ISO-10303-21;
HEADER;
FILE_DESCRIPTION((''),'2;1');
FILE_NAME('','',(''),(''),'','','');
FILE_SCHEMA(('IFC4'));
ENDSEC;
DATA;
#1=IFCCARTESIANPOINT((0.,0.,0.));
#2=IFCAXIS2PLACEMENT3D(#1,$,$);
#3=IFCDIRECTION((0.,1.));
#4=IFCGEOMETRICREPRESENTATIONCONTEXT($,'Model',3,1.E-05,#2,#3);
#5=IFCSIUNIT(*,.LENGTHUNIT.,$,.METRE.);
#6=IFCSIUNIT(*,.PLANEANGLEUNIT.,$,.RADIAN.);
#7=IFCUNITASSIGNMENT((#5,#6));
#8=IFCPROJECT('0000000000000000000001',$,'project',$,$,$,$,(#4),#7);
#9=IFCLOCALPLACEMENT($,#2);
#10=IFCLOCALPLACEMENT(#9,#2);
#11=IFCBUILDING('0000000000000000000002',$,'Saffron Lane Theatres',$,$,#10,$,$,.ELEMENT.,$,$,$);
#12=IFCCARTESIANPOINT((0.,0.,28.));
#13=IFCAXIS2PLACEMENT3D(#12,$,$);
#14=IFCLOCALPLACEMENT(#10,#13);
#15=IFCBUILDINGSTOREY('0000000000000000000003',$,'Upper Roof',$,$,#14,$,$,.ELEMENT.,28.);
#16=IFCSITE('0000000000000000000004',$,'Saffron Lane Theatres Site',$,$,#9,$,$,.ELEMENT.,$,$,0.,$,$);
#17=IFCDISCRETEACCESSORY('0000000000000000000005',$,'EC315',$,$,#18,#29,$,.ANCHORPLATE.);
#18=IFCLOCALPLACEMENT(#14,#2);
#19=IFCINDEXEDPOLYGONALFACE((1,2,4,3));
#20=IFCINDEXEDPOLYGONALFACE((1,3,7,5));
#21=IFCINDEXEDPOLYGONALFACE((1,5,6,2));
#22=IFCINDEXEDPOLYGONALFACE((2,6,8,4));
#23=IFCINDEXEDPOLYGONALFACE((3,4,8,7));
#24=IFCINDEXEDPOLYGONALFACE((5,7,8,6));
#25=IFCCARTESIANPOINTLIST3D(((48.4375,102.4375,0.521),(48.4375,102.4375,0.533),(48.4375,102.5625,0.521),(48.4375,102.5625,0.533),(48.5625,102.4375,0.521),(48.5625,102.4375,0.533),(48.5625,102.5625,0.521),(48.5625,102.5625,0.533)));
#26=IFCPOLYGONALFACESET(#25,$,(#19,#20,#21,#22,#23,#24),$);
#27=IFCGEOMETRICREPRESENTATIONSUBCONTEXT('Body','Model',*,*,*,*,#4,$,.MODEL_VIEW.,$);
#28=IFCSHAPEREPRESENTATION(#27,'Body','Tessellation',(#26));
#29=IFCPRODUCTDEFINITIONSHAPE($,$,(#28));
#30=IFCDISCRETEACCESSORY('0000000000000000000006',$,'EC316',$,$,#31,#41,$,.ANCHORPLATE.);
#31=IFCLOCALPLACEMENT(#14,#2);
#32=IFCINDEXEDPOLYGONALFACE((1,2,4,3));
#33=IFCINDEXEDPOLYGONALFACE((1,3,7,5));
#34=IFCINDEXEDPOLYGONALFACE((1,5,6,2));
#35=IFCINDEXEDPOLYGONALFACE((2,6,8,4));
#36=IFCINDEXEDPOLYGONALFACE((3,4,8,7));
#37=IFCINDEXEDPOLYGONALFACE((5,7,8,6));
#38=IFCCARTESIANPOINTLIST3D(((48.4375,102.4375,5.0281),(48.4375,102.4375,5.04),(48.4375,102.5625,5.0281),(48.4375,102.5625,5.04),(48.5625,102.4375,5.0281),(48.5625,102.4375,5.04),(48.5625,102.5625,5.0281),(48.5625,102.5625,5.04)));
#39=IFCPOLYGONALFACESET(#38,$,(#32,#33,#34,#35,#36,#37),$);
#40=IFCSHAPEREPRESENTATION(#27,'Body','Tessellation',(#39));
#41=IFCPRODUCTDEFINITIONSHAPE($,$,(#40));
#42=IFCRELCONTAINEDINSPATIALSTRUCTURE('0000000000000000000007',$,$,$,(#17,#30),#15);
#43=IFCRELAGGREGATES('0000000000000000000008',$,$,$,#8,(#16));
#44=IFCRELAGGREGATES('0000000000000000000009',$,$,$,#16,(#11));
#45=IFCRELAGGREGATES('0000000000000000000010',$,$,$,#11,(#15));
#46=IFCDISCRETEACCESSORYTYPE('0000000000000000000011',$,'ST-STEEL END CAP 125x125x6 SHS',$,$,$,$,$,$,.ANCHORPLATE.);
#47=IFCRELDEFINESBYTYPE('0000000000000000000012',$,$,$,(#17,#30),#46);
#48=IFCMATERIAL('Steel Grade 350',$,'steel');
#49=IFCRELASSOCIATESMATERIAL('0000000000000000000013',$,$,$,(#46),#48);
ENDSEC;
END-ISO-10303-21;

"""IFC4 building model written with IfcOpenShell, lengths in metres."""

from ifc_helpers import new_model, si_unit, direction, frame, origin, origin_2d, place, context, subcontext, project, spatial, rectangle, extrude, material, material_profile, profile_set, type_object, element, save


model = new_model("IFC4")

# Units and contexts
model_context = context("Model", 3, precision=1e-05, world=origin(), true_north=direction((0.0, 1.0)))
body_context = subcontext(model_context, "Body", "Model", "MODEL_VIEW")
ifc_project = project(units=[si_unit("LENGTHUNIT", "METRE"), si_unit("PLANEANGLEUNIT", "RADIAN")], contexts=[model_context])

# Site, building, storey
site_placement = place(None, origin())
site = spatial("IfcSite", under=ifc_project, at=site_placement, Name="Saffron Lane Theatres Site", CompositionType="ELEMENT", RefElevation=0.0)
building_placement = place(site_placement, origin())
building = spatial("IfcBuilding", under=site, at=building_placement, Name="Saffron Lane Theatres", CompositionType="ELEMENT")
storey_placement = place(building_placement, frame((0.0, 0.0, 28.0)))
storey = spatial("IfcBuildingStorey", under=building, at=storey_placement, Name="Upper Roof", CompositionType="ELEMENT", Elevation=28.0)

# Discrete accessories
ifc_material_1 = material(Name="Steel Grade 350", Category="steel")
ifc_material_profile_1 = material_profile(ifc_material_1, rectangle(XDim=0.125, YDim=0.125, at=origin_2d()))
ifc_profile_set_1 = profile_set([ifc_material_profile_1], Name="Steel Grade 350")
discrete_accessory_type = type_object("IfcDiscreteAccessoryType", Name="ST-STEEL END CAP 125x125x6 SHS", PredefinedType="ANCHORPLATE", material=ifc_profile_set_1)
for number, where, z_axis, x_axis, name in (
    (1, (48.5, 102.5, 0.521), (0.0, 0.0, 1.0), (1.0, 0.0, 0.0), "EC315"),
    (2, (48.5, 102.5, 5.0281), (0.0, 0.0, 1.0), (1.0, 0.0, 0.0), "EC316"),
):
    element("IfcDiscreteAccessory", number, at=place(storey_placement, frame(where, z_axis=z_axis, x_axis=x_axis)), inside=storey, type_object=discrete_accessory_type, Name=name, PredefinedType="ANCHORPLATE", context=body_context, shape_type="SweptSolid", body=[
        extrude(rectangle(XDim=0.125, YDim=0.125, at=origin_2d()), origin(), (0.0, 0.0, 1.0), 0.012),
    ])

save(model, "model.ifc")
